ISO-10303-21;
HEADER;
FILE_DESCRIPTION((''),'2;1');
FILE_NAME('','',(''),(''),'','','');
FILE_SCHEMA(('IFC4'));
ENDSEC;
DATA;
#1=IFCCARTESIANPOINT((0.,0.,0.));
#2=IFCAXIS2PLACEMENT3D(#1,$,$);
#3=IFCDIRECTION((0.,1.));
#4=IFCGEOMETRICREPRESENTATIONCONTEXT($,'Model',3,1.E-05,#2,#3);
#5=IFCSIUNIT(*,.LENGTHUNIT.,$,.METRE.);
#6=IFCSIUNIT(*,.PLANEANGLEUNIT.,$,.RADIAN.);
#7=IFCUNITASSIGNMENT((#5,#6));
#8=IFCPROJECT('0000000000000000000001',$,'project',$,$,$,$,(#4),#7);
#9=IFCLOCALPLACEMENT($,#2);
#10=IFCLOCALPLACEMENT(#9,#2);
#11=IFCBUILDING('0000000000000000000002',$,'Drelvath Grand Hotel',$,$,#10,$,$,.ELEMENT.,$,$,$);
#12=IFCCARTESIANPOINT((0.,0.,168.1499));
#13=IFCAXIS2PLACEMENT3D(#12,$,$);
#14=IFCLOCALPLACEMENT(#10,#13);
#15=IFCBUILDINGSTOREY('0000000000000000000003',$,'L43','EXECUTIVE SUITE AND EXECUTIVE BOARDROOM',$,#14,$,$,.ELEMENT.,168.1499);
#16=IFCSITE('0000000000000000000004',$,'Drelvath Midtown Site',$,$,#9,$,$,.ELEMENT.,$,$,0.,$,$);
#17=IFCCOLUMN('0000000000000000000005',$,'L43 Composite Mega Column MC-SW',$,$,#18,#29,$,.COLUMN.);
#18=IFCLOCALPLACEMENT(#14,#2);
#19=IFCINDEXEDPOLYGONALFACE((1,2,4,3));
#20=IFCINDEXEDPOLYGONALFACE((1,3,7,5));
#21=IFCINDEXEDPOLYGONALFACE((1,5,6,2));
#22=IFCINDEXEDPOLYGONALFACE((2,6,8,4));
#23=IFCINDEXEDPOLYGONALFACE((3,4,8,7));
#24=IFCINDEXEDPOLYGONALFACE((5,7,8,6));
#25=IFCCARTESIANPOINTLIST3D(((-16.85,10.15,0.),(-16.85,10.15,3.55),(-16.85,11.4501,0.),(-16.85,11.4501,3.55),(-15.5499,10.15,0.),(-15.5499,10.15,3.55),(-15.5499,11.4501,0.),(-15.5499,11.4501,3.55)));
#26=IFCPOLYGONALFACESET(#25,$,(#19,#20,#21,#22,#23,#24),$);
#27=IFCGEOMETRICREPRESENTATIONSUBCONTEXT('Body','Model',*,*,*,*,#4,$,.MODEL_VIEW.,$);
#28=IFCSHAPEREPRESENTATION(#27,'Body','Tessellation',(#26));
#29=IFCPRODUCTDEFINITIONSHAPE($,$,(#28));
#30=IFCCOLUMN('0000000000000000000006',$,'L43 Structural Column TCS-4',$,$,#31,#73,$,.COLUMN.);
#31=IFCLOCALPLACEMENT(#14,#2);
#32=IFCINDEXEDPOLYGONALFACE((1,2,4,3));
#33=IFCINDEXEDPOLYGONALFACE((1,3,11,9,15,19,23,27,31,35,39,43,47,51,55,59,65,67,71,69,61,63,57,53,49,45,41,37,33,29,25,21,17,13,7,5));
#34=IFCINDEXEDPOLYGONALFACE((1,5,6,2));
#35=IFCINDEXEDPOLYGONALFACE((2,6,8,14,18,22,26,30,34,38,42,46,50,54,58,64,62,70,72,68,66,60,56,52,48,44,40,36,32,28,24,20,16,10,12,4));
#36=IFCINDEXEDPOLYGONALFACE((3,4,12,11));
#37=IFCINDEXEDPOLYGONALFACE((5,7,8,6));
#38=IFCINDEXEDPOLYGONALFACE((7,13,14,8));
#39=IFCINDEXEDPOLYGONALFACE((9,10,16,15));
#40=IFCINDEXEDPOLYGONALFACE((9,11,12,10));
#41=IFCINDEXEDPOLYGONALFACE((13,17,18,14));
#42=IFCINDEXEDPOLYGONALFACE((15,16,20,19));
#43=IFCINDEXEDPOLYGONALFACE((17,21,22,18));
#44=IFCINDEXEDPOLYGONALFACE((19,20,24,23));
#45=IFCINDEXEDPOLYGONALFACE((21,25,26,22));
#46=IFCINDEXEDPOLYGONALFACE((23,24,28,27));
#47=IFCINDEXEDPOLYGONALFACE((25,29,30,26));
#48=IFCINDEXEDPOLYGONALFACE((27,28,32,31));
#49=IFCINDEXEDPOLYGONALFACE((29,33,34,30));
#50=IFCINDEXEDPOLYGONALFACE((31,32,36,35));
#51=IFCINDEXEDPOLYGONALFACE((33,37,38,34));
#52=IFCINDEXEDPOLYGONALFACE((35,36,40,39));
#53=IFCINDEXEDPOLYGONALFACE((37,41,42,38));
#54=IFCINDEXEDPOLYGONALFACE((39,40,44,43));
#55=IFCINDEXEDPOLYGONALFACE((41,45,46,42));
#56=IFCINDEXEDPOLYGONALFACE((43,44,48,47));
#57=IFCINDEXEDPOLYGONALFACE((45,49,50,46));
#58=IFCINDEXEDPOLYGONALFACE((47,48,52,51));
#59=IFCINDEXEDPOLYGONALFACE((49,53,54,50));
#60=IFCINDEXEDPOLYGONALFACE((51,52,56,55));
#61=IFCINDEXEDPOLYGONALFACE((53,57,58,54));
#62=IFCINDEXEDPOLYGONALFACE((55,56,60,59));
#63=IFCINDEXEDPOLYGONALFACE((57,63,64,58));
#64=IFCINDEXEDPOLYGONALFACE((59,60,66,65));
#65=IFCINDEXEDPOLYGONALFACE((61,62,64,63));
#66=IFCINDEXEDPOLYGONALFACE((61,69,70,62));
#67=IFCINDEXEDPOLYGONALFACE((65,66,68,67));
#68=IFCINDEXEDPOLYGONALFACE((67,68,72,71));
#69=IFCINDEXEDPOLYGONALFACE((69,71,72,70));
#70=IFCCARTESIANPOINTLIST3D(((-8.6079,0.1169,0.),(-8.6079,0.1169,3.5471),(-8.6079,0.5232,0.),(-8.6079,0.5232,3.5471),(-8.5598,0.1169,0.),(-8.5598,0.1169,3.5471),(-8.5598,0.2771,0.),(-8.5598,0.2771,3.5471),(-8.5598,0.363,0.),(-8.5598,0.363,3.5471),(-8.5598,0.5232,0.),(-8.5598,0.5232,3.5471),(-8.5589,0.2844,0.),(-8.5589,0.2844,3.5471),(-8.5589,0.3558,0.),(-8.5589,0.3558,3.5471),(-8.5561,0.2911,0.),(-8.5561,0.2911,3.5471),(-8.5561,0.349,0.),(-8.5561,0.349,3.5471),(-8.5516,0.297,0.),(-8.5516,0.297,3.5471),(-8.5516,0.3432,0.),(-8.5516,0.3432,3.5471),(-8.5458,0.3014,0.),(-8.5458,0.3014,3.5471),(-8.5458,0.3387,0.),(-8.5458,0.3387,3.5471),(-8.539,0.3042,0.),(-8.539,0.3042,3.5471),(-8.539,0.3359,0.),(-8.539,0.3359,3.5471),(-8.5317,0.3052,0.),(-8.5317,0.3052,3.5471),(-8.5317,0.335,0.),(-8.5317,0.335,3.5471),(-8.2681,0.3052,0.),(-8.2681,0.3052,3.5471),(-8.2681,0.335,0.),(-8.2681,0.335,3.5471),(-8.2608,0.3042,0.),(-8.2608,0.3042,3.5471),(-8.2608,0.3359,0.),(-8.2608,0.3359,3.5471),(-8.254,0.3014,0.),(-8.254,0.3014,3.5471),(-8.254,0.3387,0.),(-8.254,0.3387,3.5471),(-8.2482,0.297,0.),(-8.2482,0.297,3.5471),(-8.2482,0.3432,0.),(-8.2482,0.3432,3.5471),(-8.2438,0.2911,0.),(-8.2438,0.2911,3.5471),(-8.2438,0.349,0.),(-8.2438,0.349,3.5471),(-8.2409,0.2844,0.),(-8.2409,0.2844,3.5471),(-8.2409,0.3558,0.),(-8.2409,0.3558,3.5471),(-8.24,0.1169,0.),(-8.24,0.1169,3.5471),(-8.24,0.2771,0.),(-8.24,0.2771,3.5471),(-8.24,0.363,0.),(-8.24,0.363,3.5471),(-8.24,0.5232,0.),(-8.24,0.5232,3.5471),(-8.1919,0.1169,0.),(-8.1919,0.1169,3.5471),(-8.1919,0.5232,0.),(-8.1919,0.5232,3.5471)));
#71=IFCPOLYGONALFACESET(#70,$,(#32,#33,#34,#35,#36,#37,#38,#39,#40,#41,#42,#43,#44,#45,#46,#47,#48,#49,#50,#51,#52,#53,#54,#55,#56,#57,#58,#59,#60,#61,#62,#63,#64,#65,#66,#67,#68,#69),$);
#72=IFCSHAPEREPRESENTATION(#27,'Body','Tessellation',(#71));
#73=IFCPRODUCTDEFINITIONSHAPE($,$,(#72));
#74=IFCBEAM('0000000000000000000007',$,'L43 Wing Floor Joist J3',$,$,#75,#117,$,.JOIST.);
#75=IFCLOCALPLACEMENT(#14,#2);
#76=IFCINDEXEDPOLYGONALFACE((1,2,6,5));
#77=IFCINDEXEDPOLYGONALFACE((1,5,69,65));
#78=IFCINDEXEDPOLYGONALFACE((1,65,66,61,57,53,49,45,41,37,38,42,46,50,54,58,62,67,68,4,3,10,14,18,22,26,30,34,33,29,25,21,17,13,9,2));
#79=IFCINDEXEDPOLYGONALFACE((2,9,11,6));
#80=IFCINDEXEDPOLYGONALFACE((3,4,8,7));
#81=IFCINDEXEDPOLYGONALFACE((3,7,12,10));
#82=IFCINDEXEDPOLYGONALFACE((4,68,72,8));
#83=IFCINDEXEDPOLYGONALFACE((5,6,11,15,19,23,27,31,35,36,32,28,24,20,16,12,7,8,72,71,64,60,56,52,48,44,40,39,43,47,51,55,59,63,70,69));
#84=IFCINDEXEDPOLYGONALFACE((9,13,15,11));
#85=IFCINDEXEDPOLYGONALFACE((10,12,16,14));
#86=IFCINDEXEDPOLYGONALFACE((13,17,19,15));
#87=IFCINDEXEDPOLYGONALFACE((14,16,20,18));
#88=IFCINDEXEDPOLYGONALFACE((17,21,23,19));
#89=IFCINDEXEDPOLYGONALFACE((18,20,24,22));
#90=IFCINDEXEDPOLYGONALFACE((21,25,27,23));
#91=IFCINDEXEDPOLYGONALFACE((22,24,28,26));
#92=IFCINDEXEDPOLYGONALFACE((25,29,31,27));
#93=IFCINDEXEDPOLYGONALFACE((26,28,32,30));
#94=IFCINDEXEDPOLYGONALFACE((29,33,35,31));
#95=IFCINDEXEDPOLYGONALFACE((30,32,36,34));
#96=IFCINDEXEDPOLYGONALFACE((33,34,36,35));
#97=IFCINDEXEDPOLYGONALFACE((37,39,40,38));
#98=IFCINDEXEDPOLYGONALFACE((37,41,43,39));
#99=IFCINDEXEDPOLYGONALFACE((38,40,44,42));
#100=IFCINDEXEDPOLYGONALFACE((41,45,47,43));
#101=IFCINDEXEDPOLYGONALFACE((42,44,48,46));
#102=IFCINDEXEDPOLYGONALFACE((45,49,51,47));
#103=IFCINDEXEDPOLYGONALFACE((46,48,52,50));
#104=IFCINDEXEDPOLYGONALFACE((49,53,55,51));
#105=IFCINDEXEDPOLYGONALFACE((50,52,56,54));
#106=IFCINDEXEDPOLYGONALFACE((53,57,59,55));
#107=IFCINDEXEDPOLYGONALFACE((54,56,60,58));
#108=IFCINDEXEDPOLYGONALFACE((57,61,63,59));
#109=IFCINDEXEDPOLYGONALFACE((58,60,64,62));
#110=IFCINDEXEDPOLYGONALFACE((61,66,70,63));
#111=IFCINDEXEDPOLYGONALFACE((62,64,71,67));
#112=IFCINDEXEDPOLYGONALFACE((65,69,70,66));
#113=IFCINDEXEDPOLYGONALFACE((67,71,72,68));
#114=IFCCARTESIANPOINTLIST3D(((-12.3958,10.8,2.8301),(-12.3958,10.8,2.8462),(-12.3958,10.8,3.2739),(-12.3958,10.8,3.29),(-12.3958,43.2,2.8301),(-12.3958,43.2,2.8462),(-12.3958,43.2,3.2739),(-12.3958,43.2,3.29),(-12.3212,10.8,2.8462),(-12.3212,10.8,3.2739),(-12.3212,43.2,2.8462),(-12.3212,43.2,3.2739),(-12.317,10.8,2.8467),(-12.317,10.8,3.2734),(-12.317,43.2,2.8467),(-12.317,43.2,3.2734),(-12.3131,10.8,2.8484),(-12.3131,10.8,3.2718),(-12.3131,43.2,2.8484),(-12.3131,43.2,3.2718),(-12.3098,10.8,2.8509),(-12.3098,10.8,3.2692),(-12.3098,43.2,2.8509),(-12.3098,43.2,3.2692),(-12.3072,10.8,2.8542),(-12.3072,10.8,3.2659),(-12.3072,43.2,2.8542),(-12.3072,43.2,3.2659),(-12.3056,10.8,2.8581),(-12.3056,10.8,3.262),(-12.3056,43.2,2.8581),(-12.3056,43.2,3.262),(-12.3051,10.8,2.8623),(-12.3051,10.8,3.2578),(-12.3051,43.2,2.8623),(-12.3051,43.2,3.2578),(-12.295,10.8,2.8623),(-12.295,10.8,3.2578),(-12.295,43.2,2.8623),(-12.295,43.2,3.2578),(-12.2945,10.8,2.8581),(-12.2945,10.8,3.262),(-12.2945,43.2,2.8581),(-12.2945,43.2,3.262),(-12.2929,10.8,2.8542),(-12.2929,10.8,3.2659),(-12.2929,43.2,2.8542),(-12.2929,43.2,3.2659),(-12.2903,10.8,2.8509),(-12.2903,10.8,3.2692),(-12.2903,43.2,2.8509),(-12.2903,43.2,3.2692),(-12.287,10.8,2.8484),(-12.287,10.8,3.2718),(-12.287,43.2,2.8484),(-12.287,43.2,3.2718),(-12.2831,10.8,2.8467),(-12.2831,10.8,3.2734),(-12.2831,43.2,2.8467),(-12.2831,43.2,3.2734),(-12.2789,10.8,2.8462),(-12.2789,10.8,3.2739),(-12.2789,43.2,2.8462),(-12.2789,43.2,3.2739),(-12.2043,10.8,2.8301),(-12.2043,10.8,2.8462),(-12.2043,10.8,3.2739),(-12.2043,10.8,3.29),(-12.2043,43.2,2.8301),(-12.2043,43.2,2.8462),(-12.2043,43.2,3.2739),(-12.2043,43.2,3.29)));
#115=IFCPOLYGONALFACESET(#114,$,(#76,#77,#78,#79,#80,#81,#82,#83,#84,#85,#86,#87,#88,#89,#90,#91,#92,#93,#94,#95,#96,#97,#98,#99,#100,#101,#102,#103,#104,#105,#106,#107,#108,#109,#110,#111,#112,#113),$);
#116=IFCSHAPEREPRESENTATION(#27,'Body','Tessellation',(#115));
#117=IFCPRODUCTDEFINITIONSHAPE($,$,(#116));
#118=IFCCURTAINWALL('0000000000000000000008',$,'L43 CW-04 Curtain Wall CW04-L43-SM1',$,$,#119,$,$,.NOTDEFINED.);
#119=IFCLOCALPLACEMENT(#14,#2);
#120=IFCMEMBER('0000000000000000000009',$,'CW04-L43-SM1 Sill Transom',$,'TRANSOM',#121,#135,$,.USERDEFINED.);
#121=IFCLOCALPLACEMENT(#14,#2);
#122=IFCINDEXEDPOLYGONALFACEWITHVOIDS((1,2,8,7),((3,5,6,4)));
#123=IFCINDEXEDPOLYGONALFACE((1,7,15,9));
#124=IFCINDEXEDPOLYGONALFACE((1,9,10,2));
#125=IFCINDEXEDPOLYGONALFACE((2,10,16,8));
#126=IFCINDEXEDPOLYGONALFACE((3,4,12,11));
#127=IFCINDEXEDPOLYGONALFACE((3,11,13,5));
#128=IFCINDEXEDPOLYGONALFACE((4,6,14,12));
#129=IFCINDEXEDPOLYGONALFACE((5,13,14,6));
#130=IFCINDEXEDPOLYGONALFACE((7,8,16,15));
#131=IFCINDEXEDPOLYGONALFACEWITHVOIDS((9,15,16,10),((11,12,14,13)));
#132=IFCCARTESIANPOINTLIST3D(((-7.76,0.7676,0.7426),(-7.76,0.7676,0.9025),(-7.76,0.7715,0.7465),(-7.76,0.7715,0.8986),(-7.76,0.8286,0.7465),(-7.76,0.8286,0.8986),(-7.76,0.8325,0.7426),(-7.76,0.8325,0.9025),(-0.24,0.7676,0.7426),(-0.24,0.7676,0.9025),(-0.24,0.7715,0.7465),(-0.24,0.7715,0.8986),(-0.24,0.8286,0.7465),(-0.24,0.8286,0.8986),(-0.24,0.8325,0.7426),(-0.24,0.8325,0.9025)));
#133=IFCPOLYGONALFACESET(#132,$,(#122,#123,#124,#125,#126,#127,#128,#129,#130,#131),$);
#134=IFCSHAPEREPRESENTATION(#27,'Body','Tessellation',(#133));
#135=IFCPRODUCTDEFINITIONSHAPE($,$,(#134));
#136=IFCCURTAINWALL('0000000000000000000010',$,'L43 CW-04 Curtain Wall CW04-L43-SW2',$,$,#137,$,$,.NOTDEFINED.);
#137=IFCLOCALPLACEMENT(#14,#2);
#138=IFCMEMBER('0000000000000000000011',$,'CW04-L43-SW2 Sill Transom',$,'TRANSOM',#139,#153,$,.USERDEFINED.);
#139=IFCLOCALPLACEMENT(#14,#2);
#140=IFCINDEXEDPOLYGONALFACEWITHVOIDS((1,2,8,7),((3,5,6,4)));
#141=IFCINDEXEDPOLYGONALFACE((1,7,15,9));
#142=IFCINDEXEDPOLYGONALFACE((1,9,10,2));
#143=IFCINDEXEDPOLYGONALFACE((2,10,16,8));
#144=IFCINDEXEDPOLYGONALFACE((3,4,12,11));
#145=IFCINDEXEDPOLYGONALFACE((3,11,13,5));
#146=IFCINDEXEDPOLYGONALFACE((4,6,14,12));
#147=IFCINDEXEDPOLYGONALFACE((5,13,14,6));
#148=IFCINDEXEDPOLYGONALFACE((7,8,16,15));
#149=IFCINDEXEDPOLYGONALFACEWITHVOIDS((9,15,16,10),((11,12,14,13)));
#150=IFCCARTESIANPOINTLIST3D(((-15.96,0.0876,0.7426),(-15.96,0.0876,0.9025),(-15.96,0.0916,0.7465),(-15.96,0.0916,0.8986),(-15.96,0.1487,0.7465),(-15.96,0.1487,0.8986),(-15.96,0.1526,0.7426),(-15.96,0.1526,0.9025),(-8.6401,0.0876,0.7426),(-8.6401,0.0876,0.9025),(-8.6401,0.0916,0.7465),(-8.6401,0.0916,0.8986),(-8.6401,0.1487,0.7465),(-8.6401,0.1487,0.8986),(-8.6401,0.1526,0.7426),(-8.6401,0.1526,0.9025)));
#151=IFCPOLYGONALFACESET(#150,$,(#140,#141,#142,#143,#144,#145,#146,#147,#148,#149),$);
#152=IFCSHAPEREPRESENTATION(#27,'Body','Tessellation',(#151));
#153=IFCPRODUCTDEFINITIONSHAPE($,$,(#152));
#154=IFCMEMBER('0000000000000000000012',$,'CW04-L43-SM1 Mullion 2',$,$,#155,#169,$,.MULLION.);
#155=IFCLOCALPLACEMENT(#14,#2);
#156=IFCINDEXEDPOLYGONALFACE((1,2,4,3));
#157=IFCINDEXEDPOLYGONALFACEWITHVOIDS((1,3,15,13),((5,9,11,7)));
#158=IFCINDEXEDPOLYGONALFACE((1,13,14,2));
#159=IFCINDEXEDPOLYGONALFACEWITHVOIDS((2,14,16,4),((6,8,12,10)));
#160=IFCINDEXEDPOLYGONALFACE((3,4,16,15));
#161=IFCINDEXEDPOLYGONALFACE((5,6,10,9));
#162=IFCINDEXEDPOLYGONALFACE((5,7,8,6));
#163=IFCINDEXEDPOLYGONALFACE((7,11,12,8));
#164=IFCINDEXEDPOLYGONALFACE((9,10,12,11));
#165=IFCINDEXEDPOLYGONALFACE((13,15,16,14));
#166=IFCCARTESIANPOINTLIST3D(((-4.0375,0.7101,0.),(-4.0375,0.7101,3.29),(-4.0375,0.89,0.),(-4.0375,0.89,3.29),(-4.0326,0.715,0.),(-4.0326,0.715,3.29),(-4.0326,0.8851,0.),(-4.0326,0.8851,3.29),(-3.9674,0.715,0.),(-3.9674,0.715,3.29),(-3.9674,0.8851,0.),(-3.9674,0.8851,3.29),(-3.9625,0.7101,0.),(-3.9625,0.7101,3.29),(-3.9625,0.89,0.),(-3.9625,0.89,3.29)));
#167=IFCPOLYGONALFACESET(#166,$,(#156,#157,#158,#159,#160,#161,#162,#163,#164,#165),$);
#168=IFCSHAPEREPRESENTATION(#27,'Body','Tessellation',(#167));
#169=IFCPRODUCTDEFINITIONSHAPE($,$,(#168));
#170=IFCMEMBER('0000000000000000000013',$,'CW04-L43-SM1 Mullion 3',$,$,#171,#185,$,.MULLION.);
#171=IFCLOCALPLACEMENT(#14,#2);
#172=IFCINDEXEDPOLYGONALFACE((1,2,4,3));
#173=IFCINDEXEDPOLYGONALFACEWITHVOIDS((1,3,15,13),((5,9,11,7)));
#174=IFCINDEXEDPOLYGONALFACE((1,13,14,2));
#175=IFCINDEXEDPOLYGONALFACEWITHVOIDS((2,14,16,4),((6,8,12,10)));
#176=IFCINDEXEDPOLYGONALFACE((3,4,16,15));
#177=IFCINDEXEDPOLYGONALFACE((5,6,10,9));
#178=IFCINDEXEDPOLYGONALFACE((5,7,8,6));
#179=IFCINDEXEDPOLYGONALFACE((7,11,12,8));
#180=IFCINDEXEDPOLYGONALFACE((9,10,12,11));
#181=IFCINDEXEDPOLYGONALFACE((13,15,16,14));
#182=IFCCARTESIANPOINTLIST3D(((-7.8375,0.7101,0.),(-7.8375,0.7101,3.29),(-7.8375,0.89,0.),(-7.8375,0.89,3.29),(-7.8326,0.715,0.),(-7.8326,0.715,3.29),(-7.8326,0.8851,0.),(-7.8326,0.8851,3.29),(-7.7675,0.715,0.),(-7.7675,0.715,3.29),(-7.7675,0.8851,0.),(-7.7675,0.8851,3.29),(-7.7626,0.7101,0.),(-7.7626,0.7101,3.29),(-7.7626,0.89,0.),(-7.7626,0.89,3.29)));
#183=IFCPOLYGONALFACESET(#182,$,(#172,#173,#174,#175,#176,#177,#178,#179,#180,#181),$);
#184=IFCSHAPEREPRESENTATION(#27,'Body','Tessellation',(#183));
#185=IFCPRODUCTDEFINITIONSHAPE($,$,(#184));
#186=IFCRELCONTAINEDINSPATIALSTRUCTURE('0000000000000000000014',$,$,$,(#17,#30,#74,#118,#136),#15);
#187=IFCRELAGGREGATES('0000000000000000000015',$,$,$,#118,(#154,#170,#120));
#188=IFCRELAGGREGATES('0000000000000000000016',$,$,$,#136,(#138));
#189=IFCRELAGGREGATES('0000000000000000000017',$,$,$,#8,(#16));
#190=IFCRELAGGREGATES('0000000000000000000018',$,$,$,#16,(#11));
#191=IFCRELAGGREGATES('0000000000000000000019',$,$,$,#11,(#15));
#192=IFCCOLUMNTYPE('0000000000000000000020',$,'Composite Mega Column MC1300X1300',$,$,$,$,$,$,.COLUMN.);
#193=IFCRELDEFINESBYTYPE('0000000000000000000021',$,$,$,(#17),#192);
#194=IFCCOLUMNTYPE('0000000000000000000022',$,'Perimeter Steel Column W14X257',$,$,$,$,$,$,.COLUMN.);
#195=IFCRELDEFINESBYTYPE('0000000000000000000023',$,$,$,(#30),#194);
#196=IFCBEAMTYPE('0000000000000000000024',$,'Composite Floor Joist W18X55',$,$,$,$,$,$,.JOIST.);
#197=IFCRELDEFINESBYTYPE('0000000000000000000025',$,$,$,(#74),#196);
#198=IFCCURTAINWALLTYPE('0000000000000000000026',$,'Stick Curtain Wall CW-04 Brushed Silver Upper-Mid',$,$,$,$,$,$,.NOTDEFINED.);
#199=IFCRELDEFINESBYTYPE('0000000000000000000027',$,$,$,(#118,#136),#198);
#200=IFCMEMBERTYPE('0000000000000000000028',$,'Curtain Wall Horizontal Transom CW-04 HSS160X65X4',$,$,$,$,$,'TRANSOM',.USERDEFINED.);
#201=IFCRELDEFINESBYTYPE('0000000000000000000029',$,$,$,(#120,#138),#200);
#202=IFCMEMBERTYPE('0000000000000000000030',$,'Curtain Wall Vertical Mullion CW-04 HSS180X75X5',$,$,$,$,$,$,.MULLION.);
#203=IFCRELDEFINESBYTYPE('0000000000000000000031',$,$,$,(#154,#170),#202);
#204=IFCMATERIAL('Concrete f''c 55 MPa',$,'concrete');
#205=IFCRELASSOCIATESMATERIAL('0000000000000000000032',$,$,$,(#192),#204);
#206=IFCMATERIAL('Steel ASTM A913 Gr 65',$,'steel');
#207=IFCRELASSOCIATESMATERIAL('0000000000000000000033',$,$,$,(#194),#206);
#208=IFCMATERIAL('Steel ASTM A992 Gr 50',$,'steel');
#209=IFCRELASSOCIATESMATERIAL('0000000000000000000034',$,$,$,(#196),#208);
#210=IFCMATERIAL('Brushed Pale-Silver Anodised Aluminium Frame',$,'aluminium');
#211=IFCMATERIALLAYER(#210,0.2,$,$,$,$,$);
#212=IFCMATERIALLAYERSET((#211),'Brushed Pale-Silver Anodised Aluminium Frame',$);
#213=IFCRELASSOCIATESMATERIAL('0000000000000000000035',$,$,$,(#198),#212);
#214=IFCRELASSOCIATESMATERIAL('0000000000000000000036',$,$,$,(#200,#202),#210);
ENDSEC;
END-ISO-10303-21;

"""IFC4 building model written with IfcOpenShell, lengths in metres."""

from ifc_helpers import new_model, si_unit, direction, frame, origin, origin_2d, place, context, subcontext, project, spatial, rectangle, hollow_rectangle, i_section, extrude, material, layer, layer_set, material_profile, profile_set, type_object, element, aggregate, save


model = new_model("IFC4")

# Units and contexts
model_context = context("Model", 3, precision=1e-05, world=origin(), true_north=direction((0.0, 1.0)))
body_context = subcontext(model_context, "Body", "Model", "MODEL_VIEW")
ifc_project = project(units=[si_unit("LENGTHUNIT", "METRE"), si_unit("PLANEANGLEUNIT", "RADIAN")], contexts=[model_context])

# Site, building, storey
site_placement = place(None, origin())
site = spatial("IfcSite", under=ifc_project, at=site_placement, Name="Drelvath Midtown Site", CompositionType="ELEMENT", RefElevation=0.0)
building_placement = place(site_placement, origin())
building = spatial("IfcBuilding", under=site, at=building_placement, Name="Drelvath Grand Hotel", CompositionType="ELEMENT")
storey_placement = place(building_placement, frame((0.0, 0.0, 168.1499)))
storey = spatial("IfcBuildingStorey", under=building, at=storey_placement, Name="L43", Description="EXECUTIVE SUITE AND EXECUTIVE BOARDROOM", CompositionType="ELEMENT", Elevation=168.1499)

# Columns
ifc_material_1 = material(Name="Concrete f'c 55 MPa", Category="concrete")
ifc_material_profile_1 = material_profile(ifc_material_1, rectangle(XDim=1.3, YDim=1.3, at=origin_2d()), Name="MC1300X1300")
ifc_profile_set_1 = profile_set([ifc_material_profile_1], Name="Concrete f'c 55 MPa")
column_type_1 = type_object("IfcColumnType", Name="Composite Mega Column MC1300X1300", PredefinedType="COLUMN", material=ifc_profile_set_1)
column_1_placement = place(storey_placement, frame((-16.2, 10.8, 0.0), z_axis=(0.0, 0.0, 1.0), x_axis=(1.0, 0.0, 0.0)))
element("IfcColumn", 1, at=column_1_placement, inside=storey, type_object=column_type_1, Name="L43 Composite Mega Column MC-SW", PredefinedType="COLUMN", context=body_context, shape_type="SweptSolid", body=[
    extrude(rectangle(XDim=1.3, YDim=1.3, at=origin_2d()), origin(), (0.0, 0.0, 1.0), 3.55),
])
ifc_material_2 = material(Name="Steel ASTM A913 Gr 65", Category="steel")
ifc_material_profile_2 = material_profile(ifc_material_2, i_section(OverallWidth=0.4062, OverallDepth=0.416, WebThickness=0.0298, FlangeThickness=0.0481, FilletRadius=0.0281, at=origin_2d()), Name="W14X257")
ifc_profile_set_2 = profile_set([ifc_material_profile_2], Name="Steel ASTM A913 Gr 65")
column_type_2 = type_object("IfcColumnType", Name="Perimeter Steel Column W14X257", PredefinedType="COLUMN", material=ifc_profile_set_2)
column_2_placement = place(storey_placement, frame((-8.3999, 0.3201, 0.0), z_axis=(0.0, 0.0, 1.0), x_axis=(0.0, 1.0, 0.0)))
element("IfcColumn", 2, at=column_2_placement, inside=storey, type_object=column_type_2, Name="L43 Structural Column TCS-4", PredefinedType="COLUMN", context=body_context, shape_type="SweptSolid", body=[
    extrude(i_section(OverallWidth=0.4062, OverallDepth=0.416, WebThickness=0.0298, FlangeThickness=0.0481, FilletRadius=0.0281, at=origin_2d()), origin(), (0.0, 0.0, 1.0), 3.5471),
])

# Beam
ifc_material_3 = material(Name="Steel ASTM A992 Gr 50", Category="steel")
ifc_material_profile_3 = material_profile(ifc_material_3, i_section(OverallWidth=0.1914, OverallDepth=0.46, WebThickness=0.01, FlangeThickness=0.0161, FilletRadius=0.0161, at=origin_2d()), Name="W18X55")
ifc_profile_set_3 = profile_set([ifc_material_profile_3], Name="Steel ASTM A992 Gr 50")
beam_type_1 = type_object("IfcBeamType", Name="Composite Floor Joist W18X55", PredefinedType="JOIST", material=ifc_profile_set_3)
beam_1_placement = place(storey_placement, frame((-12.3, 10.8, 3.0601), z_axis=(0.0, 1.0, 0.0), x_axis=(-1.0, 0.0, 0.0)))
element("IfcBeam", 3, at=beam_1_placement, inside=storey, type_object=beam_type_1, Name="L43 Wing Floor Joist J3", PredefinedType="JOIST", context=body_context, shape_type="SweptSolid", body=[
    extrude(i_section(OverallWidth=0.1914, OverallDepth=0.46, WebThickness=0.01, FlangeThickness=0.0161, FilletRadius=0.0161, at=origin_2d()), origin(), (0.0, 0.0, 1.0), 32.3999),
])

# Curtain walls, members
ifc_material_4 = material(Name="Brushed Pale-Silver Anodised Aluminium Frame", Category="aluminium")
ifc_layer_1 = layer(ifc_material_4, 0.2)
ifc_layer_set_1 = layer_set([ifc_layer_1], Name="Brushed Pale-Silver Anodised Aluminium Frame")
curtain_wall_type = type_object("IfcCurtainWallType", Name="Stick Curtain Wall CW-04 Brushed Silver Upper-Mid", PredefinedType="NOTDEFINED", material=ifc_layer_set_1)
curtain_wall_1_placement = place(storey_placement, origin())
curtain_wall_1 = element("IfcCurtainWall", 4, at=curtain_wall_1_placement, inside=storey, type_object=curtain_wall_type, Name="L43 CW-04 Curtain Wall CW04-L43-SM1", PredefinedType="NOTDEFINED")
ifc_material_profile_4 = material_profile(ifc_material_4, hollow_rectangle(XDim=0.0649, YDim=0.1599, WallThickness=0.0039, at=origin_2d()), Name="HSS160X65X4")
ifc_profile_set_4 = profile_set([ifc_material_profile_4], Name="Brushed Pale-Silver Anodised Aluminium Frame")
member_type_1 = type_object("IfcMemberType", Name="Curtain Wall Horizontal Transom CW-04 HSS160X65X4", ElementType="TRANSOM", PredefinedType="USERDEFINED", material=ifc_profile_set_4)
member_1_placement = place(storey_placement, frame((-0.24, 0.8, 0.8225), z_axis=(-1.0, 0.0, 0.0), x_axis=(0.0, -1.0, 0.0)))
member_1 = element("IfcMember", 5, at=member_1_placement, type_object=member_type_1, Name="CW04-L43-SM1 Sill Transom", ObjectType="TRANSOM", PredefinedType="USERDEFINED", context=body_context, shape_type="SweptSolid", body=[
    extrude(hollow_rectangle(XDim=0.0649, YDim=0.1599, WallThickness=0.0039, at=origin_2d()), origin(), (0.0, 0.0, 1.0), 7.52),
])
curtain_wall_2_placement = place(storey_placement, origin())
curtain_wall_2 = element("IfcCurtainWall", 6, at=curtain_wall_2_placement, inside=storey, type_object=curtain_wall_type, Name="L43 CW-04 Curtain Wall CW04-L43-SW2", PredefinedType="NOTDEFINED")
member_2_placement = place(storey_placement, frame((-8.6401, 0.1201, 0.8225), z_axis=(-1.0, 0.0, 0.0), x_axis=(0.0, -1.0, 0.0)))
member_2 = element("IfcMember", 7, at=member_2_placement, type_object=member_type_1, Name="CW04-L43-SW2 Sill Transom", ObjectType="TRANSOM", PredefinedType="USERDEFINED", context=body_context, shape_type="SweptSolid", body=[
    extrude(hollow_rectangle(XDim=0.0649, YDim=0.1599, WallThickness=0.0039, at=origin_2d()), origin(), (0.0, 0.0, 1.0), 7.3198),
])

# Members
ifc_material_profile_5 = material_profile(ifc_material_4, hollow_rectangle(XDim=0.075, YDim=0.1799, WallThickness=0.0049, at=origin_2d()), Name="HSS180X75X5")
ifc_profile_set_5 = profile_set([ifc_material_profile_5], Name="Brushed Pale-Silver Anodised Aluminium Frame")
member_type_2 = type_object("IfcMemberType", Name="Curtain Wall Vertical Mullion CW-04 HSS180X75X5", PredefinedType="MULLION", material=ifc_profile_set_5)
member_3_placement = place(storey_placement, frame((-4.0, 0.8, 0.0), z_axis=(0.0, 0.0, 1.0), x_axis=(1.0, 0.0, 0.0)))
member_3 = element("IfcMember", 8, at=member_3_placement, type_object=member_type_2, Name="CW04-L43-SM1 Mullion 2", PredefinedType="MULLION", context=body_context, shape_type="SweptSolid", body=[
    extrude(hollow_rectangle(XDim=0.075, YDim=0.1799, WallThickness=0.0049, at=origin_2d()), origin(), (0.0, 0.0, 1.0), 3.29),
])
member_4_placement = place(storey_placement, frame((-7.8, 0.8, 0.0), z_axis=(0.0, 0.0, 1.0), x_axis=(1.0, 0.0, 0.0)))
member_4 = element("IfcMember", 9, at=member_4_placement, type_object=member_type_2, Name="CW04-L43-SM1 Mullion 3", PredefinedType="MULLION", context=body_context, shape_type="SweptSolid", body=[
    extrude(hollow_rectangle(XDim=0.075, YDim=0.1799, WallThickness=0.0049, at=origin_2d()), origin(), (0.0, 0.0, 1.0), 3.29),
])

aggregate(curtain_wall_1, [member_3, member_4, member_1])
aggregate(curtain_wall_2, [member_2])

save(model, "model.ifc")
